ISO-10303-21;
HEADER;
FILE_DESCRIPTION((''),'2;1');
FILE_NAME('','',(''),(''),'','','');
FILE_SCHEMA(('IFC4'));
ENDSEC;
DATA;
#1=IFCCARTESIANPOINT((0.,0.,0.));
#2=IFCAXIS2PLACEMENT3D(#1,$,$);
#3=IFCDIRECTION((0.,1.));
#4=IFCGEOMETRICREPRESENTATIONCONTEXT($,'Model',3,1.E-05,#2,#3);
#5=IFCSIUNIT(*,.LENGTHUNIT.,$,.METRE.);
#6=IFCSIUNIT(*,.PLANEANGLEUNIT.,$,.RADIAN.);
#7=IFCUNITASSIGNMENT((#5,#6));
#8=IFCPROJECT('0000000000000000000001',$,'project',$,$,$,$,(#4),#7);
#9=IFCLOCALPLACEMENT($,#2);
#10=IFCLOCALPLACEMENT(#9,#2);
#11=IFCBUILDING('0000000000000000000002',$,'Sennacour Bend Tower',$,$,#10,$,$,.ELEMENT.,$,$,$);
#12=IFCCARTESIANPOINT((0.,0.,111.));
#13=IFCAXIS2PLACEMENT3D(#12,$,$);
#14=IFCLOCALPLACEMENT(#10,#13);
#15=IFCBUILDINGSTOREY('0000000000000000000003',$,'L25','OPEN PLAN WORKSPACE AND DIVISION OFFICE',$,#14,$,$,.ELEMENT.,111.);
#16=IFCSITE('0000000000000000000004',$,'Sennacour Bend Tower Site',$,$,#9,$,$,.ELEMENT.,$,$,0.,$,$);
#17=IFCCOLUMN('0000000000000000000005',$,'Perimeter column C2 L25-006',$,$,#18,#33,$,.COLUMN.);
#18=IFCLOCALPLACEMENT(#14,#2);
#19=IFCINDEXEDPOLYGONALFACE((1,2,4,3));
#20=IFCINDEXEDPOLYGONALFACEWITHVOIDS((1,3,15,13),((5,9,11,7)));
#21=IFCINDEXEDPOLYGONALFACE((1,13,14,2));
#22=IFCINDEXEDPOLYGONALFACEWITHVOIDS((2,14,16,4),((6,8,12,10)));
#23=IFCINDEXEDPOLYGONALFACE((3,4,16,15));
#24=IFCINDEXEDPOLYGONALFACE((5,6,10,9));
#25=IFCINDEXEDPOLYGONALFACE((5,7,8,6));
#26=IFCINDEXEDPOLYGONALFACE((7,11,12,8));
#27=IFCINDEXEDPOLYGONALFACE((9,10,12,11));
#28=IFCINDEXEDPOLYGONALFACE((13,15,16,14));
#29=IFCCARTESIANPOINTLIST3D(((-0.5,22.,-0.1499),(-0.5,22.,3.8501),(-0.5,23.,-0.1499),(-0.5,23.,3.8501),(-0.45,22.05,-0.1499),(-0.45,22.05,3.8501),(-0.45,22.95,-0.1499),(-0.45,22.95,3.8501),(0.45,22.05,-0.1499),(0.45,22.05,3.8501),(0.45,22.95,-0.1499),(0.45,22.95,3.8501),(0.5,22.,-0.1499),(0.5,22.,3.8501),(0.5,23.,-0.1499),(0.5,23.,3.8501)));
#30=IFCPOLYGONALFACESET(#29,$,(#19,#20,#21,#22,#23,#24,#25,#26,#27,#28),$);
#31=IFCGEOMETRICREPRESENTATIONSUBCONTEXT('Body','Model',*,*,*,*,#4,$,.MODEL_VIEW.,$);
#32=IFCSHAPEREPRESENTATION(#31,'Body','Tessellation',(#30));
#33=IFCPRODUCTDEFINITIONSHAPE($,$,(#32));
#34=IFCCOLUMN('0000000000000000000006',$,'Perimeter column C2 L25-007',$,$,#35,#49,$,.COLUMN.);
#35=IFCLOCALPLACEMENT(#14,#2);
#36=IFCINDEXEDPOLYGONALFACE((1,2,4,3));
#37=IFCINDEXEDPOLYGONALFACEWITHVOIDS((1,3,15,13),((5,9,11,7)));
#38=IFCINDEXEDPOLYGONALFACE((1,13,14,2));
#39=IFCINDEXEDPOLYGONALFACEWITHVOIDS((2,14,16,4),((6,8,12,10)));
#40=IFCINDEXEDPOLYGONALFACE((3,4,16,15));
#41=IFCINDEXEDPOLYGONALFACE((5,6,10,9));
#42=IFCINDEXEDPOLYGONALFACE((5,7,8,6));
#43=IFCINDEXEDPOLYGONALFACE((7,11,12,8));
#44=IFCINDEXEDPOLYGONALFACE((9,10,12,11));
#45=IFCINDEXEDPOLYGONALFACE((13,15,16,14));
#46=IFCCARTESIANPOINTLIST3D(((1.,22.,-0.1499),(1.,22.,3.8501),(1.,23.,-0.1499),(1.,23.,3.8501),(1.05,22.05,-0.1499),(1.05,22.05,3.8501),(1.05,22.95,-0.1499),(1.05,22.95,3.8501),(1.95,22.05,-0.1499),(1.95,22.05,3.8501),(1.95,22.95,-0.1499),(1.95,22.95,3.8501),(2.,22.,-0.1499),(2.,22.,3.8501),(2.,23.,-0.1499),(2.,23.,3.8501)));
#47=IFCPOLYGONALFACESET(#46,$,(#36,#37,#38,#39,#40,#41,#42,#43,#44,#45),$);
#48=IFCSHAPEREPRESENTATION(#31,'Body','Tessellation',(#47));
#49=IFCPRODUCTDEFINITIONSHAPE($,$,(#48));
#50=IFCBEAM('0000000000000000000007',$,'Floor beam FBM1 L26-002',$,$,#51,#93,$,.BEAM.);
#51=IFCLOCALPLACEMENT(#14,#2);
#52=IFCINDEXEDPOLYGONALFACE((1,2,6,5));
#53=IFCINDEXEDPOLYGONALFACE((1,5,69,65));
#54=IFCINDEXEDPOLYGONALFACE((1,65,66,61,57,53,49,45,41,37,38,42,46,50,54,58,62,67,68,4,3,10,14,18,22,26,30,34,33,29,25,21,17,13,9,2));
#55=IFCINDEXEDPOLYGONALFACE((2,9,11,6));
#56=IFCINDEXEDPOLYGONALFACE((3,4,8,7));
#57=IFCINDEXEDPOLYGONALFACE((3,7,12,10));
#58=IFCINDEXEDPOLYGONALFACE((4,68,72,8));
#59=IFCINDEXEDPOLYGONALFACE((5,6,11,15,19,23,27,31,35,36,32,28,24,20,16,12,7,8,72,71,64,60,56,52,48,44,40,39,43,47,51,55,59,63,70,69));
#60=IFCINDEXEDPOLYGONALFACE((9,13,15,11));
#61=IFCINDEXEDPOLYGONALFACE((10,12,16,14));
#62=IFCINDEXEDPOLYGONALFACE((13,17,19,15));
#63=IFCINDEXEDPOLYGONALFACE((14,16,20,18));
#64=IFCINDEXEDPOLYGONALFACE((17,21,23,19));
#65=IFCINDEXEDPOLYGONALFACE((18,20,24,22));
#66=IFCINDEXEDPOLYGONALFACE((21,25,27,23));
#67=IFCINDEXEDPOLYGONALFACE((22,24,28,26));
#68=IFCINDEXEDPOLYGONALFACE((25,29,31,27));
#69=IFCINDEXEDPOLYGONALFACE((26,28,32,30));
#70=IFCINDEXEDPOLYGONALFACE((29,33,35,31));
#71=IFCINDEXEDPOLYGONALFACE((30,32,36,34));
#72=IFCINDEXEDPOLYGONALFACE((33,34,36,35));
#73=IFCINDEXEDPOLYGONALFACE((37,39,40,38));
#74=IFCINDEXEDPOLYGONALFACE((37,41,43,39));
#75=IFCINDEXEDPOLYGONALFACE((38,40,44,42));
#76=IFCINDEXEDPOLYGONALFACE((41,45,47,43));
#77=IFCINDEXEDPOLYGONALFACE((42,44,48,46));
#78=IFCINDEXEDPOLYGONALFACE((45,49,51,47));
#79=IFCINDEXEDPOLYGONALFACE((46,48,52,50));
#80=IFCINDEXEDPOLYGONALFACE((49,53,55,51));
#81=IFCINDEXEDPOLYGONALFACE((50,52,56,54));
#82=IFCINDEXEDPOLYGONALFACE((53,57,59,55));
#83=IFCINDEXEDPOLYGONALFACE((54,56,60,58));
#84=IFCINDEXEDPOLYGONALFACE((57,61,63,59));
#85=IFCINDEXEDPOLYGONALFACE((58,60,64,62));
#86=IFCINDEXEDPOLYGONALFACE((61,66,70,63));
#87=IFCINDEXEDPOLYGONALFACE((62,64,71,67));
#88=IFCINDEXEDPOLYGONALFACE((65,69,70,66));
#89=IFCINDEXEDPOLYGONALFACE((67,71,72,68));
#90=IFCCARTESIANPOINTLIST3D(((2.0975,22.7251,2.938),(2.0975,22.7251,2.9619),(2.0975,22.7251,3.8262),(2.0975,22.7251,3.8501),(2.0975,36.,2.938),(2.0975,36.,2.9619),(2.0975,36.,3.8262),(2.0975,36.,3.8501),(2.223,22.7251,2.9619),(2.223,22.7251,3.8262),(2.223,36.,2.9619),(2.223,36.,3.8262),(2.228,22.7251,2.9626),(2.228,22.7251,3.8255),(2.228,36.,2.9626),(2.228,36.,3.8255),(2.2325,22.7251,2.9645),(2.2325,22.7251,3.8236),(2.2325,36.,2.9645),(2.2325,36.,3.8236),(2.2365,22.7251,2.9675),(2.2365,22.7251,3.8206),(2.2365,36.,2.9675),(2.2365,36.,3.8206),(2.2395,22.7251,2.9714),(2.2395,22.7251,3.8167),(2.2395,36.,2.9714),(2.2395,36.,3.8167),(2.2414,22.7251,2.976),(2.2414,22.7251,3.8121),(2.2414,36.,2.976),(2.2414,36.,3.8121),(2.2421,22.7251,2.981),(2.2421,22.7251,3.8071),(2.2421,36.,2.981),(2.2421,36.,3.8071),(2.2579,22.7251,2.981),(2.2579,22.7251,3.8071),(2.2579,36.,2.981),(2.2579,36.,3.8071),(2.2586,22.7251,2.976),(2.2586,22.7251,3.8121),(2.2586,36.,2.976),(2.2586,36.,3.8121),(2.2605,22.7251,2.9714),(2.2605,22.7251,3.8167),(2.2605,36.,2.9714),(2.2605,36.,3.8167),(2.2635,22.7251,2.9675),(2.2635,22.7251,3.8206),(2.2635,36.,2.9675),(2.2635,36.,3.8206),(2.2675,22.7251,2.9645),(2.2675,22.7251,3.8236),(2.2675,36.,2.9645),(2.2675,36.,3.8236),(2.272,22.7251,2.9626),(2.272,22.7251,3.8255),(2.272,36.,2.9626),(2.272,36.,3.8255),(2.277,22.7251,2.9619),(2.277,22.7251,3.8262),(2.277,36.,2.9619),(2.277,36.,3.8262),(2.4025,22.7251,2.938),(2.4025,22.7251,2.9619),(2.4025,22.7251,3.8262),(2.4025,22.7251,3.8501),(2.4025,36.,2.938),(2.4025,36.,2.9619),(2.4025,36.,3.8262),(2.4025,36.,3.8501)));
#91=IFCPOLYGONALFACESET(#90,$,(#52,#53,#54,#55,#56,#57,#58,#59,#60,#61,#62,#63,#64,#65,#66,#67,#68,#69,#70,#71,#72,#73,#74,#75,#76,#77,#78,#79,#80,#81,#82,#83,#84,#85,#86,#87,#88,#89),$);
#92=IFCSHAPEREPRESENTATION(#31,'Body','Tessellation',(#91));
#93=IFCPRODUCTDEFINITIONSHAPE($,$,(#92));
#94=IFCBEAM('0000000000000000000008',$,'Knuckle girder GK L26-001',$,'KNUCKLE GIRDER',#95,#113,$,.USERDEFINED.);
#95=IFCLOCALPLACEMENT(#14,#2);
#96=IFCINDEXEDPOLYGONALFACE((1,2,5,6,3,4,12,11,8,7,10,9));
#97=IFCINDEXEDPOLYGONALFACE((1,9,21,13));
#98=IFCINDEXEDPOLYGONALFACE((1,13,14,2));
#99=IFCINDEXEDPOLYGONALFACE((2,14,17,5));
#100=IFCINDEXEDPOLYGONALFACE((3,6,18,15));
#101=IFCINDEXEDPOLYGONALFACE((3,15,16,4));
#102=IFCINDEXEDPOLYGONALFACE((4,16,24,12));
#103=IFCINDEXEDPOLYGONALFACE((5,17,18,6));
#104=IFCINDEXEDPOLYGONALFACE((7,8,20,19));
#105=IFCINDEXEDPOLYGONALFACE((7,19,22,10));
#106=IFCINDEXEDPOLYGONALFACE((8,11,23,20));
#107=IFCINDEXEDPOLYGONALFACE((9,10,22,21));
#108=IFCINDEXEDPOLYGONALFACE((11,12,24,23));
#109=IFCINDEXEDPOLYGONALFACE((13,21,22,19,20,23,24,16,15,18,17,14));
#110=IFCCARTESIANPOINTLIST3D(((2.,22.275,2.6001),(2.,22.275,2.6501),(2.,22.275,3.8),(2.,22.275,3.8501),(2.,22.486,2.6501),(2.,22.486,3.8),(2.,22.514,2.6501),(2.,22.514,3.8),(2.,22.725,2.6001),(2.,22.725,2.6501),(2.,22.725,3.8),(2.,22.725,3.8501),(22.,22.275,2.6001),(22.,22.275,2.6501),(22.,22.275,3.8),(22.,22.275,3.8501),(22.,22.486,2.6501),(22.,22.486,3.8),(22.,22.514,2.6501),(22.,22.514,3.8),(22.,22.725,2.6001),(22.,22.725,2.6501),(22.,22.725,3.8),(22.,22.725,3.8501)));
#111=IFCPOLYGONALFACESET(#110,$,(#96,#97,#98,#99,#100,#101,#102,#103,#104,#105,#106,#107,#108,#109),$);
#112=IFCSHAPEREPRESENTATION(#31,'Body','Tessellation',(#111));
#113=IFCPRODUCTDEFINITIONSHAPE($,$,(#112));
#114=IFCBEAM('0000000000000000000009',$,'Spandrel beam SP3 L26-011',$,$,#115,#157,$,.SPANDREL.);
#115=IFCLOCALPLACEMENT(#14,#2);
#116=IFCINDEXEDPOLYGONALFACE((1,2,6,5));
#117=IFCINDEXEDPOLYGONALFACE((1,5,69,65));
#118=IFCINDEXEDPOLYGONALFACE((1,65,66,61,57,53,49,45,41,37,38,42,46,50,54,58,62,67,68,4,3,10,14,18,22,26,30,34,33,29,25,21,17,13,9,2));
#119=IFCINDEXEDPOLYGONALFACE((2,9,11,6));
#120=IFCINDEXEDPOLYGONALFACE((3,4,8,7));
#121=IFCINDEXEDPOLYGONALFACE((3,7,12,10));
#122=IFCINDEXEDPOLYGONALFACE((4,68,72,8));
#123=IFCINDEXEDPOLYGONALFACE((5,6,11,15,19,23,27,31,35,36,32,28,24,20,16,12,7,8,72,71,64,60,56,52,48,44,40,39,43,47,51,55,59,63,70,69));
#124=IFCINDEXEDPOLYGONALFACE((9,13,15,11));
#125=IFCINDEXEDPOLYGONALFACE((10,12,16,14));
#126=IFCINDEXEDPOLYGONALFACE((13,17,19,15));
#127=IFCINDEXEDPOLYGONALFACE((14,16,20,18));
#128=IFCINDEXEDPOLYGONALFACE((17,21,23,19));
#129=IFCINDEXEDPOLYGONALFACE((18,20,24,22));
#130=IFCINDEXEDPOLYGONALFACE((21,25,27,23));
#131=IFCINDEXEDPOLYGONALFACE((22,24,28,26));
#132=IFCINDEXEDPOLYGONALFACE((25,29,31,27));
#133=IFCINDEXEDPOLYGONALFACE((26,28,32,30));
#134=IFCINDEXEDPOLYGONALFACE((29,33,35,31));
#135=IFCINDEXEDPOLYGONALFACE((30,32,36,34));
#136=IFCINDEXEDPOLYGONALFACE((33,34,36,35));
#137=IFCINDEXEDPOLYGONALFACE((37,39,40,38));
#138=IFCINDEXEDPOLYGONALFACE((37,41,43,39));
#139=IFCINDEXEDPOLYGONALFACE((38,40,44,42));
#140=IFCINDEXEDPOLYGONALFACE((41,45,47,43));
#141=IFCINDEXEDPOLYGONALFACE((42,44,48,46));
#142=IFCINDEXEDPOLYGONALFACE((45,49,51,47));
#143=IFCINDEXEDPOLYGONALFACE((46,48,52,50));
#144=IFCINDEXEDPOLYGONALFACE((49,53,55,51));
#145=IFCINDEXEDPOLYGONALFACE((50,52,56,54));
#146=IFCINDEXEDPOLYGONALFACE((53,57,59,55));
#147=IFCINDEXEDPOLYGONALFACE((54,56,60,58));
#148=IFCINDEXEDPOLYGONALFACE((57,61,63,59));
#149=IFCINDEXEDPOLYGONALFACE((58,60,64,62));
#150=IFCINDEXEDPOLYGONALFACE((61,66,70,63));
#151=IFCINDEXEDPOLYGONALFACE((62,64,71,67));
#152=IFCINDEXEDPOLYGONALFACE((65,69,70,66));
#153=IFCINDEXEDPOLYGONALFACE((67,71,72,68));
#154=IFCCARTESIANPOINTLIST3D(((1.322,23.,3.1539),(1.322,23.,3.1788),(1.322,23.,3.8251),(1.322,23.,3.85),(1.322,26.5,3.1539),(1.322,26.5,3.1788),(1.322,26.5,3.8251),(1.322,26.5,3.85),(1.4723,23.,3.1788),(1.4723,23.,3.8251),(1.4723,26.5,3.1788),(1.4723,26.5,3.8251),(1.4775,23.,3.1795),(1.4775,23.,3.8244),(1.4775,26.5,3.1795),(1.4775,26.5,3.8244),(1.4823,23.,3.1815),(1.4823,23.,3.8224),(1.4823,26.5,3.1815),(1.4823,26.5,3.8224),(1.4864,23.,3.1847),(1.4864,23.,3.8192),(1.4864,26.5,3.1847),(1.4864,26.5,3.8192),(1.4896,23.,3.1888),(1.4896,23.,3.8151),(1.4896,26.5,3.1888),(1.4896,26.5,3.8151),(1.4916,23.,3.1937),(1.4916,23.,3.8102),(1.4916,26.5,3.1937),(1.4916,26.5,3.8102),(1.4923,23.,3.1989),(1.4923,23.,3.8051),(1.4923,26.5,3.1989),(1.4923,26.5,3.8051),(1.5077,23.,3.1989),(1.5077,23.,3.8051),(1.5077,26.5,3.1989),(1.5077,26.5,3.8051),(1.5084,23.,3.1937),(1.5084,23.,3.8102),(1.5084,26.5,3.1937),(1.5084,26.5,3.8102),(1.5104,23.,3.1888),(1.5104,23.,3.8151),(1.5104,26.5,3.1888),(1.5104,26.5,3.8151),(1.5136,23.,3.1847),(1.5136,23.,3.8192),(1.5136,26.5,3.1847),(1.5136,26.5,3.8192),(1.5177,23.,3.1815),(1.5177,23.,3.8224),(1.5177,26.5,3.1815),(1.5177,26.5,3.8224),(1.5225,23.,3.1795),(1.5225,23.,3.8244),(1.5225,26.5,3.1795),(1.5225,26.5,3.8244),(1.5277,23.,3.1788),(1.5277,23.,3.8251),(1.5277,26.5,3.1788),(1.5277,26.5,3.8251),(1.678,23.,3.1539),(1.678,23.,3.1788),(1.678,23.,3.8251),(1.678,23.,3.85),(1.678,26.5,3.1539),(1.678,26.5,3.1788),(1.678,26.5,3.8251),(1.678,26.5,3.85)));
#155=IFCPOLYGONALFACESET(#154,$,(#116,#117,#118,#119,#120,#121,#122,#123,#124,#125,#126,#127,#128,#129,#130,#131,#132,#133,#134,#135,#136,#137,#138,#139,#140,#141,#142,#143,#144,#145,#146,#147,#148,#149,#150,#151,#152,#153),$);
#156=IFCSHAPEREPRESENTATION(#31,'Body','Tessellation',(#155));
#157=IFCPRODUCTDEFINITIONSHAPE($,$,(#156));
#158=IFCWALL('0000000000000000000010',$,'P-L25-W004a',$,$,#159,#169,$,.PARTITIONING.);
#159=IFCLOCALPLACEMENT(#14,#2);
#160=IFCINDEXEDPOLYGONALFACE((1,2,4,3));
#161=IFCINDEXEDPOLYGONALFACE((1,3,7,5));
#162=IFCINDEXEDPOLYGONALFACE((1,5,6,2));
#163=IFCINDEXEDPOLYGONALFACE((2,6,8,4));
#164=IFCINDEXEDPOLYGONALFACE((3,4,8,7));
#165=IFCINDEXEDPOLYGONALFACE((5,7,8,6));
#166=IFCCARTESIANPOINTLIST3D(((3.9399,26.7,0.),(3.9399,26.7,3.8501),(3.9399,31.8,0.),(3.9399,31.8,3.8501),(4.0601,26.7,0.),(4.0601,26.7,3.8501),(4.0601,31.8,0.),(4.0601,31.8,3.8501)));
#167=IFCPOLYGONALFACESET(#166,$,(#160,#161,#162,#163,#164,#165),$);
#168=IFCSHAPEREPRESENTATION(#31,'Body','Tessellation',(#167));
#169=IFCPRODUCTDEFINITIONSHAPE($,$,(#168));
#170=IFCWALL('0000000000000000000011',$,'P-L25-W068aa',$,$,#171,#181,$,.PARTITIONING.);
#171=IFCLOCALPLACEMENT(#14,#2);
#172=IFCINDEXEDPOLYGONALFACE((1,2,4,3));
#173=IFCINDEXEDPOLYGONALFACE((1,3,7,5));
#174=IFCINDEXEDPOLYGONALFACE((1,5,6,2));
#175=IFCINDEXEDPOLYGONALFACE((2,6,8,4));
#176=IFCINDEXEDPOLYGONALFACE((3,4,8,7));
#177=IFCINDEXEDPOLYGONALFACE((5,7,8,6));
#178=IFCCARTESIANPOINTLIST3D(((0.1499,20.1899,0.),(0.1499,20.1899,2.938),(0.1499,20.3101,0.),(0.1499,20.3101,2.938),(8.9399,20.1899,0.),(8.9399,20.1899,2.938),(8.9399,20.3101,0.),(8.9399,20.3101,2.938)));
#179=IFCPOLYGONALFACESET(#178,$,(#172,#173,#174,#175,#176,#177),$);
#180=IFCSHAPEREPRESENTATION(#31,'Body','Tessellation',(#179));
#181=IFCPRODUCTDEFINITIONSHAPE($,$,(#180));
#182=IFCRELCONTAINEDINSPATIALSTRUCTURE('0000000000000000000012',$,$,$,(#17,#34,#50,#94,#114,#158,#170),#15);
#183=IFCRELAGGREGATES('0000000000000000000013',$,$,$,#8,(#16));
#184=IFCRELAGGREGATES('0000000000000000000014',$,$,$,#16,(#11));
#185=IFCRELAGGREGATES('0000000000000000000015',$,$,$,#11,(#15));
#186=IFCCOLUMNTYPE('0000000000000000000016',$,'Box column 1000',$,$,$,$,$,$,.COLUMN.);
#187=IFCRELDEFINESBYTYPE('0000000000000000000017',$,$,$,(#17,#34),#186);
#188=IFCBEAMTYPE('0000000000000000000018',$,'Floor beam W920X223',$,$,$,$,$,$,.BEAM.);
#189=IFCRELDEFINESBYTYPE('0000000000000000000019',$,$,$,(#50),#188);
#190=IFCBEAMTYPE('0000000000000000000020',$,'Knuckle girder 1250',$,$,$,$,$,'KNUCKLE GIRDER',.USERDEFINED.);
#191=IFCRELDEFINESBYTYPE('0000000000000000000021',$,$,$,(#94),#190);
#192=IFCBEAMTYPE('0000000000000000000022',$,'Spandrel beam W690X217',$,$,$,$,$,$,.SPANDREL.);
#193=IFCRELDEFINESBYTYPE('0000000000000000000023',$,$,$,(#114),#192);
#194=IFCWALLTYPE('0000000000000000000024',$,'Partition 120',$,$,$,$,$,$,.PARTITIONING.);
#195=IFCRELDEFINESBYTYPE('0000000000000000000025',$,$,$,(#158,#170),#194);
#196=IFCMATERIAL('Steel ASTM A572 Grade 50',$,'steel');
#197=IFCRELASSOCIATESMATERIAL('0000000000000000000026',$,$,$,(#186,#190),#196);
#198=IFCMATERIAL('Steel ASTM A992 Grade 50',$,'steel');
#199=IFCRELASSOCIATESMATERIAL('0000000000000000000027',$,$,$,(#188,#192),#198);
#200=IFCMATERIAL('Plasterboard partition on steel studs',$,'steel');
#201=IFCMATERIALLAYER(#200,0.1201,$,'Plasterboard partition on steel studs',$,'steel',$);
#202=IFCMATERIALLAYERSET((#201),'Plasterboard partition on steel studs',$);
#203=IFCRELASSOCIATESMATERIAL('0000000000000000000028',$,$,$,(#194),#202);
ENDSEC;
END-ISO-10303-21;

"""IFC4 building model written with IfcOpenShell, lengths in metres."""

from ifc_helpers import new_model, si_unit, direction, frame, frame_2d, origin, origin_2d, place, context, subcontext, project, spatial, rectangle, hollow_rectangle, i_section, extrude, material, layer, layer_set, material_profile, profile_set, type_object, element, save


model = new_model("IFC4")

# Units and contexts
model_context = context("Model", 3, precision=1e-05, world=origin(), true_north=direction((0.0, 1.0)))
body_context = subcontext(model_context, "Body", "Model", "MODEL_VIEW")
ifc_project = project(units=[si_unit("LENGTHUNIT", "METRE"), si_unit("PLANEANGLEUNIT", "RADIAN")], contexts=[model_context])

# Site, building, storey
site_placement = place(None, origin())
site = spatial("IfcSite", under=ifc_project, at=site_placement, Name="Sennacour Bend Tower Site", CompositionType="ELEMENT", RefElevation=0.0)
building_placement = place(site_placement, origin())
building = spatial("IfcBuilding", under=site, at=building_placement, Name="Sennacour Bend Tower", CompositionType="ELEMENT")
storey_placement = place(building_placement, frame((0.0, 0.0, 111.0)))
storey = spatial("IfcBuildingStorey", under=building, at=storey_placement, Name="L25", Description="OPEN PLAN WORKSPACE AND DIVISION OFFICE", CompositionType="ELEMENT", Elevation=111.0)

# Columns
ifc_material_1 = material(Name="Steel ASTM A572 Grade 50", Category="steel")
ifc_material_profile_1 = material_profile(ifc_material_1, hollow_rectangle(XDim=1.0, YDim=1.0, WallThickness=0.05, at=origin_2d()), Name="Steel ASTM A572 Grade 50", Category="steel")
ifc_profile_set_1 = profile_set([ifc_material_profile_1], Name="Steel ASTM A572 Grade 50")
column_type = type_object("IfcColumnType", Name="Box column 1000", PredefinedType="COLUMN", material=ifc_profile_set_1)
for number, where, z_axis, x_axis, name in (
    (1, (0.0, 22.5, -0.1499), (0.0, 0.0, 1.0), (1.0, 0.0, 0.0), "Perimeter column C2 L25-006"),
    (2, (1.5, 22.5, -0.1499), (0.0, 0.0, 1.0), (1.0, 0.0, 0.0), "Perimeter column C2 L25-007"),
):
    element("IfcColumn", number, at=place(storey_placement, frame(where, z_axis=z_axis, x_axis=x_axis)), inside=storey, type_object=column_type, Name=name, PredefinedType="COLUMN", context=body_context, shape_type="SweptSolid", body=[
        extrude(hollow_rectangle(XDim=1.0, YDim=1.0, WallThickness=0.05, at=origin_2d()), origin(), (0.0, 0.0, 1.0), 4.0),
    ])

# Beams
ifc_material_2 = material(Name="Steel ASTM A992 Grade 50", Category="steel")
ifc_material_profile_2 = material_profile(ifc_material_2, i_section(OverallWidth=0.3049, OverallDepth=0.9121, WebThickness=0.0159, FlangeThickness=0.0239, FilletRadius=0.019, at=origin_2d()), Name="Steel ASTM A992 Grade 50", Category="steel")
ifc_profile_set_2 = profile_set([ifc_material_profile_2], Name="Steel ASTM A992 Grade 50")
beam_type_1 = type_object("IfcBeamType", Name="Floor beam W920X223", PredefinedType="BEAM", material=ifc_profile_set_2)
beam_1_placement = place(storey_placement, frame((2.25, 22.7251, 3.394), z_axis=(0.0, 1.0, 0.0), x_axis=(-1.0, 0.0, 0.0)))
element("IfcBeam", 3, at=beam_1_placement, inside=storey, type_object=beam_type_1, Name="Floor beam FBM1 L26-002", PredefinedType="BEAM", context=body_context, shape_type="SweptSolid", body=[
    extrude(i_section(OverallWidth=0.3049, OverallDepth=0.9121, WebThickness=0.0159, FlangeThickness=0.0239, FilletRadius=0.019, at=origin_2d()), origin(), (0.0, 0.0, 1.0), 13.2749),
])
ifc_material_profile_3 = material_profile(ifc_material_1, i_section(OverallWidth=0.45, OverallDepth=1.25, WebThickness=0.0281, FlangeThickness=0.05, at=origin_2d()), Name="Steel ASTM A572 Grade 50", Category="steel")
ifc_profile_set_3 = profile_set([ifc_material_profile_3], Name="Steel ASTM A572 Grade 50")
beam_type_2 = type_object("IfcBeamType", Name="Knuckle girder 1250", ElementType="KNUCKLE GIRDER", PredefinedType="USERDEFINED", material=ifc_profile_set_3)
beam_2_placement = place(storey_placement, frame((2.0, 22.5, 3.2251), z_axis=(1.0, 0.0, 0.0), x_axis=(0.0, 1.0, 0.0)))
element("IfcBeam", 4, at=beam_2_placement, inside=storey, type_object=beam_type_2, Name="Knuckle girder GK L26-001", ObjectType="KNUCKLE GIRDER", PredefinedType="USERDEFINED", context=body_context, shape_type="SweptSolid", body=[
    extrude(i_section(OverallWidth=0.45, OverallDepth=1.25, WebThickness=0.0281, FlangeThickness=0.05, at=origin_2d()), origin(), (0.0, 0.0, 1.0), 20.0),
])
ifc_material_profile_4 = material_profile(ifc_material_2, i_section(OverallWidth=0.356, OverallDepth=0.696, WebThickness=0.0154, FlangeThickness=0.0249, FilletRadius=0.02, at=origin_2d()), Name="Steel ASTM A992 Grade 50", Category="steel")
ifc_profile_set_4 = profile_set([ifc_material_profile_4], Name="Steel ASTM A992 Grade 50")
beam_type_3 = type_object("IfcBeamType", Name="Spandrel beam W690X217", PredefinedType="SPANDREL", material=ifc_profile_set_4)
beam_3_placement = place(storey_placement, frame((1.5, 23.0, 3.502), z_axis=(0.0, 1.0, 0.0), x_axis=(-1.0, 0.0, 0.0)))
element("IfcBeam", 5, at=beam_3_placement, inside=storey, type_object=beam_type_3, Name="Spandrel beam SP3 L26-011", PredefinedType="SPANDREL", context=body_context, shape_type="SweptSolid", body=[
    extrude(i_section(OverallWidth=0.356, OverallDepth=0.696, WebThickness=0.0154, FlangeThickness=0.0249, FilletRadius=0.02, at=origin_2d()), origin(), (0.0, 0.0, 1.0), 3.5),
])

# Walls
ifc_material_3 = material(Name="Plasterboard partition on steel studs", Category="steel")
ifc_layer_1 = layer(ifc_material_3, 0.1201, Name="Plasterboard partition on steel studs", Category="steel")
ifc_layer_set_1 = layer_set([ifc_layer_1], Name="Plasterboard partition on steel studs")
wall_type_1 = type_object("IfcWallType", Name="Partition 120", PredefinedType="PARTITIONING", material=ifc_layer_set_1)
wall_1_placement = place(storey_placement, frame((4.0, 26.7, 0.0), z_axis=(0.0, 0.0, 1.0), x_axis=(0.0, 1.0, 0.0)))
element("IfcWall", 6, at=wall_1_placement, inside=storey, type_object=wall_type_1, Name="P-L25-W004a", PredefinedType="PARTITIONING", context=body_context, shape_type="SweptSolid", body=[
    extrude(rectangle(XDim=5.1001, YDim=0.1201, at=frame_2d((2.55, 0.0))), origin(), (0.0, 0.0, 1.0), 3.8501),
])
wall_2_placement = place(storey_placement, frame((0.1499, 20.25, 0.0), z_axis=(0.0, 0.0, 1.0), x_axis=(1.0, 0.0, 0.0)))
element("IfcWall", 7, at=wall_2_placement, inside=storey, type_object=wall_type_1, Name="P-L25-W068aa", PredefinedType="PARTITIONING", context=body_context, shape_type="SweptSolid", body=[
    extrude(rectangle(XDim=8.79, YDim=0.1201, at=frame_2d((4.395, 0.0))), origin(), (0.0, 0.0, 1.0), 2.938),
])

save(model, "model.ifc")
